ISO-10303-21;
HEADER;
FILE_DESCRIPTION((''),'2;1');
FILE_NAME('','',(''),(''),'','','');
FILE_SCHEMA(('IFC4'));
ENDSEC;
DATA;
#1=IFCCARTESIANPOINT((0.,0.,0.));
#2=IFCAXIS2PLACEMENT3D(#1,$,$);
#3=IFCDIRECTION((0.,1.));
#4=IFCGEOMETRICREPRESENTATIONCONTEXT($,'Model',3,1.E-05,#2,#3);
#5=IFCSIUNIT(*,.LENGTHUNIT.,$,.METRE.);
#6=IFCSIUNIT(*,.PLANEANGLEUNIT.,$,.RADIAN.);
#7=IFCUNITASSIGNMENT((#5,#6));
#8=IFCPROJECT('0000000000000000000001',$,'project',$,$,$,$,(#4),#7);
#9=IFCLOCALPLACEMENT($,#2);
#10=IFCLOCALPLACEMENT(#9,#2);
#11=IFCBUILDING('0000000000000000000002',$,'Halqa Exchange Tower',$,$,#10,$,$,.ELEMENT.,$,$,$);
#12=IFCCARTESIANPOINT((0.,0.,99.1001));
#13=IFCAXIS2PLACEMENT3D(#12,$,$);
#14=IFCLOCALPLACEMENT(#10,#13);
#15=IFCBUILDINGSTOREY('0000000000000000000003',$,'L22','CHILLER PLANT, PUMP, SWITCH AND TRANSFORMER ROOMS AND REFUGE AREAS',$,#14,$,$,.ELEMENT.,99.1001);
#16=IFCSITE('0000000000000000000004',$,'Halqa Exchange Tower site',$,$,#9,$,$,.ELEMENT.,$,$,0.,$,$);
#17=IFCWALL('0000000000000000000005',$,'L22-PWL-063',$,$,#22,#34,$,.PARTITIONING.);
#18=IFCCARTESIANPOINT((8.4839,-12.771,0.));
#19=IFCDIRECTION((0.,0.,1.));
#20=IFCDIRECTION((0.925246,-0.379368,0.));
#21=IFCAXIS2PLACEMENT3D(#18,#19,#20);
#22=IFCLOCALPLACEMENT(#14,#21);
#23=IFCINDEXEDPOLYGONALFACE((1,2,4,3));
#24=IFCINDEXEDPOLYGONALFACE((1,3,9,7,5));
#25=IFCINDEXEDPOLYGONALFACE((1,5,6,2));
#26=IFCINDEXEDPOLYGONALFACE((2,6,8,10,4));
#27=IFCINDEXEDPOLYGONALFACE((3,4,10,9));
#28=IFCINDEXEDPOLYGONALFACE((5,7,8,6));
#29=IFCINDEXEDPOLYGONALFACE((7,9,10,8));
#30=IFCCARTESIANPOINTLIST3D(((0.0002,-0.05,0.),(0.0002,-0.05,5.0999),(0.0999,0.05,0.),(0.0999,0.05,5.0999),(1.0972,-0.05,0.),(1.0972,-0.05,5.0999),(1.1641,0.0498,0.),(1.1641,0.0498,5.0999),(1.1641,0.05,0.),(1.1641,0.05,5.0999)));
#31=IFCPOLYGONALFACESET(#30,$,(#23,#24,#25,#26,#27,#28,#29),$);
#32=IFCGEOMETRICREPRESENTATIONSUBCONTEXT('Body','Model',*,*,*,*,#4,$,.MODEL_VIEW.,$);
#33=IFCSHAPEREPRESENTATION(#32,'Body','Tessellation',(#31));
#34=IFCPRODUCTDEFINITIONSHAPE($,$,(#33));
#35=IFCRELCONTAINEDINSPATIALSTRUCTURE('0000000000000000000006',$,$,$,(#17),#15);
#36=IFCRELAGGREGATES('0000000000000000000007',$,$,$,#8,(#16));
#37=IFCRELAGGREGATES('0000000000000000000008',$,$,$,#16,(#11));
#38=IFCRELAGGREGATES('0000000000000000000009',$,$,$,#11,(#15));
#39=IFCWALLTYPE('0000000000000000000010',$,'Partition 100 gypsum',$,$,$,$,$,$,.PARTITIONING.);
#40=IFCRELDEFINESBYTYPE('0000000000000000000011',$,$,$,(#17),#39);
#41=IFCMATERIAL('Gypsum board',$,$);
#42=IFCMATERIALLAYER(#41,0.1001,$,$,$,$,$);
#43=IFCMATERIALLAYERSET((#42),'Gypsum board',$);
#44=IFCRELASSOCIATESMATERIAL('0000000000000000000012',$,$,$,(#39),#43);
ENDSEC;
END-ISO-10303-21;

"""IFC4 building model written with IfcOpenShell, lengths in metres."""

from ifc_helpers import new_model, si_unit, direction, frame, origin, place, context, subcontext, project, spatial, polyline, outline, extrude, material, layer, layer_set, type_object, element, save


model = new_model("IFC4")

# Units and contexts
model_context = context("Model", 3, precision=1e-05, world=origin(), true_north=direction((0.0, 1.0)))
body_context = subcontext(model_context, "Body", "Model", "MODEL_VIEW")
ifc_project = project(units=[si_unit("LENGTHUNIT", "METRE"), si_unit("PLANEANGLEUNIT", "RADIAN")], contexts=[model_context])

# Site, building, storey
site_placement = place(None, origin())
site = spatial("IfcSite", under=ifc_project, at=site_placement, Name="Halqa Exchange Tower site", CompositionType="ELEMENT", RefElevation=0.0)
building_placement = place(site_placement, origin())
building = spatial("IfcBuilding", under=site, at=building_placement, Name="Halqa Exchange Tower", CompositionType="ELEMENT")
storey_placement = place(building_placement, frame((0.0, 0.0, 99.1001)))
storey = spatial("IfcBuildingStorey", under=building, at=storey_placement, Name="L22", Description="CHILLER PLANT, PUMP, SWITCH AND TRANSFORMER ROOMS AND REFUGE AREAS", CompositionType="ELEMENT", Elevation=99.1001)

# Wall
ifc_material_1 = material(Name="Gypsum board")
ifc_layer_1 = layer(ifc_material_1, 0.1001)
ifc_layer_set_1 = layer_set([ifc_layer_1], Name="Gypsum board")
wall_type_1 = type_object("IfcWallType", Name="Partition 100 gypsum", PredefinedType="PARTITIONING", material=ifc_layer_set_1)
wall_1_placement = place(storey_placement, frame((8.4839, -12.771, 0.0), z_axis=(0.0, 0.0, 1.0), x_axis=(0.925246, -0.379368, 0.0)))
element("IfcWall", 1, at=wall_1_placement, inside=storey, type_object=wall_type_1, Name="L22-PWL-063", PredefinedType="PARTITIONING", context=body_context, shape_type="SweptSolid", body=[
    extrude(outline(polyline([(0.0002, -0.05), (1.0972, -0.05), (1.1641, 0.0498), (1.1641, 0.05), (0.0999, 0.05), (0.0002, -0.05)])), origin(), (0.0, 0.0, 1.0), 5.0999),
])

save(model, "model.ifc")
